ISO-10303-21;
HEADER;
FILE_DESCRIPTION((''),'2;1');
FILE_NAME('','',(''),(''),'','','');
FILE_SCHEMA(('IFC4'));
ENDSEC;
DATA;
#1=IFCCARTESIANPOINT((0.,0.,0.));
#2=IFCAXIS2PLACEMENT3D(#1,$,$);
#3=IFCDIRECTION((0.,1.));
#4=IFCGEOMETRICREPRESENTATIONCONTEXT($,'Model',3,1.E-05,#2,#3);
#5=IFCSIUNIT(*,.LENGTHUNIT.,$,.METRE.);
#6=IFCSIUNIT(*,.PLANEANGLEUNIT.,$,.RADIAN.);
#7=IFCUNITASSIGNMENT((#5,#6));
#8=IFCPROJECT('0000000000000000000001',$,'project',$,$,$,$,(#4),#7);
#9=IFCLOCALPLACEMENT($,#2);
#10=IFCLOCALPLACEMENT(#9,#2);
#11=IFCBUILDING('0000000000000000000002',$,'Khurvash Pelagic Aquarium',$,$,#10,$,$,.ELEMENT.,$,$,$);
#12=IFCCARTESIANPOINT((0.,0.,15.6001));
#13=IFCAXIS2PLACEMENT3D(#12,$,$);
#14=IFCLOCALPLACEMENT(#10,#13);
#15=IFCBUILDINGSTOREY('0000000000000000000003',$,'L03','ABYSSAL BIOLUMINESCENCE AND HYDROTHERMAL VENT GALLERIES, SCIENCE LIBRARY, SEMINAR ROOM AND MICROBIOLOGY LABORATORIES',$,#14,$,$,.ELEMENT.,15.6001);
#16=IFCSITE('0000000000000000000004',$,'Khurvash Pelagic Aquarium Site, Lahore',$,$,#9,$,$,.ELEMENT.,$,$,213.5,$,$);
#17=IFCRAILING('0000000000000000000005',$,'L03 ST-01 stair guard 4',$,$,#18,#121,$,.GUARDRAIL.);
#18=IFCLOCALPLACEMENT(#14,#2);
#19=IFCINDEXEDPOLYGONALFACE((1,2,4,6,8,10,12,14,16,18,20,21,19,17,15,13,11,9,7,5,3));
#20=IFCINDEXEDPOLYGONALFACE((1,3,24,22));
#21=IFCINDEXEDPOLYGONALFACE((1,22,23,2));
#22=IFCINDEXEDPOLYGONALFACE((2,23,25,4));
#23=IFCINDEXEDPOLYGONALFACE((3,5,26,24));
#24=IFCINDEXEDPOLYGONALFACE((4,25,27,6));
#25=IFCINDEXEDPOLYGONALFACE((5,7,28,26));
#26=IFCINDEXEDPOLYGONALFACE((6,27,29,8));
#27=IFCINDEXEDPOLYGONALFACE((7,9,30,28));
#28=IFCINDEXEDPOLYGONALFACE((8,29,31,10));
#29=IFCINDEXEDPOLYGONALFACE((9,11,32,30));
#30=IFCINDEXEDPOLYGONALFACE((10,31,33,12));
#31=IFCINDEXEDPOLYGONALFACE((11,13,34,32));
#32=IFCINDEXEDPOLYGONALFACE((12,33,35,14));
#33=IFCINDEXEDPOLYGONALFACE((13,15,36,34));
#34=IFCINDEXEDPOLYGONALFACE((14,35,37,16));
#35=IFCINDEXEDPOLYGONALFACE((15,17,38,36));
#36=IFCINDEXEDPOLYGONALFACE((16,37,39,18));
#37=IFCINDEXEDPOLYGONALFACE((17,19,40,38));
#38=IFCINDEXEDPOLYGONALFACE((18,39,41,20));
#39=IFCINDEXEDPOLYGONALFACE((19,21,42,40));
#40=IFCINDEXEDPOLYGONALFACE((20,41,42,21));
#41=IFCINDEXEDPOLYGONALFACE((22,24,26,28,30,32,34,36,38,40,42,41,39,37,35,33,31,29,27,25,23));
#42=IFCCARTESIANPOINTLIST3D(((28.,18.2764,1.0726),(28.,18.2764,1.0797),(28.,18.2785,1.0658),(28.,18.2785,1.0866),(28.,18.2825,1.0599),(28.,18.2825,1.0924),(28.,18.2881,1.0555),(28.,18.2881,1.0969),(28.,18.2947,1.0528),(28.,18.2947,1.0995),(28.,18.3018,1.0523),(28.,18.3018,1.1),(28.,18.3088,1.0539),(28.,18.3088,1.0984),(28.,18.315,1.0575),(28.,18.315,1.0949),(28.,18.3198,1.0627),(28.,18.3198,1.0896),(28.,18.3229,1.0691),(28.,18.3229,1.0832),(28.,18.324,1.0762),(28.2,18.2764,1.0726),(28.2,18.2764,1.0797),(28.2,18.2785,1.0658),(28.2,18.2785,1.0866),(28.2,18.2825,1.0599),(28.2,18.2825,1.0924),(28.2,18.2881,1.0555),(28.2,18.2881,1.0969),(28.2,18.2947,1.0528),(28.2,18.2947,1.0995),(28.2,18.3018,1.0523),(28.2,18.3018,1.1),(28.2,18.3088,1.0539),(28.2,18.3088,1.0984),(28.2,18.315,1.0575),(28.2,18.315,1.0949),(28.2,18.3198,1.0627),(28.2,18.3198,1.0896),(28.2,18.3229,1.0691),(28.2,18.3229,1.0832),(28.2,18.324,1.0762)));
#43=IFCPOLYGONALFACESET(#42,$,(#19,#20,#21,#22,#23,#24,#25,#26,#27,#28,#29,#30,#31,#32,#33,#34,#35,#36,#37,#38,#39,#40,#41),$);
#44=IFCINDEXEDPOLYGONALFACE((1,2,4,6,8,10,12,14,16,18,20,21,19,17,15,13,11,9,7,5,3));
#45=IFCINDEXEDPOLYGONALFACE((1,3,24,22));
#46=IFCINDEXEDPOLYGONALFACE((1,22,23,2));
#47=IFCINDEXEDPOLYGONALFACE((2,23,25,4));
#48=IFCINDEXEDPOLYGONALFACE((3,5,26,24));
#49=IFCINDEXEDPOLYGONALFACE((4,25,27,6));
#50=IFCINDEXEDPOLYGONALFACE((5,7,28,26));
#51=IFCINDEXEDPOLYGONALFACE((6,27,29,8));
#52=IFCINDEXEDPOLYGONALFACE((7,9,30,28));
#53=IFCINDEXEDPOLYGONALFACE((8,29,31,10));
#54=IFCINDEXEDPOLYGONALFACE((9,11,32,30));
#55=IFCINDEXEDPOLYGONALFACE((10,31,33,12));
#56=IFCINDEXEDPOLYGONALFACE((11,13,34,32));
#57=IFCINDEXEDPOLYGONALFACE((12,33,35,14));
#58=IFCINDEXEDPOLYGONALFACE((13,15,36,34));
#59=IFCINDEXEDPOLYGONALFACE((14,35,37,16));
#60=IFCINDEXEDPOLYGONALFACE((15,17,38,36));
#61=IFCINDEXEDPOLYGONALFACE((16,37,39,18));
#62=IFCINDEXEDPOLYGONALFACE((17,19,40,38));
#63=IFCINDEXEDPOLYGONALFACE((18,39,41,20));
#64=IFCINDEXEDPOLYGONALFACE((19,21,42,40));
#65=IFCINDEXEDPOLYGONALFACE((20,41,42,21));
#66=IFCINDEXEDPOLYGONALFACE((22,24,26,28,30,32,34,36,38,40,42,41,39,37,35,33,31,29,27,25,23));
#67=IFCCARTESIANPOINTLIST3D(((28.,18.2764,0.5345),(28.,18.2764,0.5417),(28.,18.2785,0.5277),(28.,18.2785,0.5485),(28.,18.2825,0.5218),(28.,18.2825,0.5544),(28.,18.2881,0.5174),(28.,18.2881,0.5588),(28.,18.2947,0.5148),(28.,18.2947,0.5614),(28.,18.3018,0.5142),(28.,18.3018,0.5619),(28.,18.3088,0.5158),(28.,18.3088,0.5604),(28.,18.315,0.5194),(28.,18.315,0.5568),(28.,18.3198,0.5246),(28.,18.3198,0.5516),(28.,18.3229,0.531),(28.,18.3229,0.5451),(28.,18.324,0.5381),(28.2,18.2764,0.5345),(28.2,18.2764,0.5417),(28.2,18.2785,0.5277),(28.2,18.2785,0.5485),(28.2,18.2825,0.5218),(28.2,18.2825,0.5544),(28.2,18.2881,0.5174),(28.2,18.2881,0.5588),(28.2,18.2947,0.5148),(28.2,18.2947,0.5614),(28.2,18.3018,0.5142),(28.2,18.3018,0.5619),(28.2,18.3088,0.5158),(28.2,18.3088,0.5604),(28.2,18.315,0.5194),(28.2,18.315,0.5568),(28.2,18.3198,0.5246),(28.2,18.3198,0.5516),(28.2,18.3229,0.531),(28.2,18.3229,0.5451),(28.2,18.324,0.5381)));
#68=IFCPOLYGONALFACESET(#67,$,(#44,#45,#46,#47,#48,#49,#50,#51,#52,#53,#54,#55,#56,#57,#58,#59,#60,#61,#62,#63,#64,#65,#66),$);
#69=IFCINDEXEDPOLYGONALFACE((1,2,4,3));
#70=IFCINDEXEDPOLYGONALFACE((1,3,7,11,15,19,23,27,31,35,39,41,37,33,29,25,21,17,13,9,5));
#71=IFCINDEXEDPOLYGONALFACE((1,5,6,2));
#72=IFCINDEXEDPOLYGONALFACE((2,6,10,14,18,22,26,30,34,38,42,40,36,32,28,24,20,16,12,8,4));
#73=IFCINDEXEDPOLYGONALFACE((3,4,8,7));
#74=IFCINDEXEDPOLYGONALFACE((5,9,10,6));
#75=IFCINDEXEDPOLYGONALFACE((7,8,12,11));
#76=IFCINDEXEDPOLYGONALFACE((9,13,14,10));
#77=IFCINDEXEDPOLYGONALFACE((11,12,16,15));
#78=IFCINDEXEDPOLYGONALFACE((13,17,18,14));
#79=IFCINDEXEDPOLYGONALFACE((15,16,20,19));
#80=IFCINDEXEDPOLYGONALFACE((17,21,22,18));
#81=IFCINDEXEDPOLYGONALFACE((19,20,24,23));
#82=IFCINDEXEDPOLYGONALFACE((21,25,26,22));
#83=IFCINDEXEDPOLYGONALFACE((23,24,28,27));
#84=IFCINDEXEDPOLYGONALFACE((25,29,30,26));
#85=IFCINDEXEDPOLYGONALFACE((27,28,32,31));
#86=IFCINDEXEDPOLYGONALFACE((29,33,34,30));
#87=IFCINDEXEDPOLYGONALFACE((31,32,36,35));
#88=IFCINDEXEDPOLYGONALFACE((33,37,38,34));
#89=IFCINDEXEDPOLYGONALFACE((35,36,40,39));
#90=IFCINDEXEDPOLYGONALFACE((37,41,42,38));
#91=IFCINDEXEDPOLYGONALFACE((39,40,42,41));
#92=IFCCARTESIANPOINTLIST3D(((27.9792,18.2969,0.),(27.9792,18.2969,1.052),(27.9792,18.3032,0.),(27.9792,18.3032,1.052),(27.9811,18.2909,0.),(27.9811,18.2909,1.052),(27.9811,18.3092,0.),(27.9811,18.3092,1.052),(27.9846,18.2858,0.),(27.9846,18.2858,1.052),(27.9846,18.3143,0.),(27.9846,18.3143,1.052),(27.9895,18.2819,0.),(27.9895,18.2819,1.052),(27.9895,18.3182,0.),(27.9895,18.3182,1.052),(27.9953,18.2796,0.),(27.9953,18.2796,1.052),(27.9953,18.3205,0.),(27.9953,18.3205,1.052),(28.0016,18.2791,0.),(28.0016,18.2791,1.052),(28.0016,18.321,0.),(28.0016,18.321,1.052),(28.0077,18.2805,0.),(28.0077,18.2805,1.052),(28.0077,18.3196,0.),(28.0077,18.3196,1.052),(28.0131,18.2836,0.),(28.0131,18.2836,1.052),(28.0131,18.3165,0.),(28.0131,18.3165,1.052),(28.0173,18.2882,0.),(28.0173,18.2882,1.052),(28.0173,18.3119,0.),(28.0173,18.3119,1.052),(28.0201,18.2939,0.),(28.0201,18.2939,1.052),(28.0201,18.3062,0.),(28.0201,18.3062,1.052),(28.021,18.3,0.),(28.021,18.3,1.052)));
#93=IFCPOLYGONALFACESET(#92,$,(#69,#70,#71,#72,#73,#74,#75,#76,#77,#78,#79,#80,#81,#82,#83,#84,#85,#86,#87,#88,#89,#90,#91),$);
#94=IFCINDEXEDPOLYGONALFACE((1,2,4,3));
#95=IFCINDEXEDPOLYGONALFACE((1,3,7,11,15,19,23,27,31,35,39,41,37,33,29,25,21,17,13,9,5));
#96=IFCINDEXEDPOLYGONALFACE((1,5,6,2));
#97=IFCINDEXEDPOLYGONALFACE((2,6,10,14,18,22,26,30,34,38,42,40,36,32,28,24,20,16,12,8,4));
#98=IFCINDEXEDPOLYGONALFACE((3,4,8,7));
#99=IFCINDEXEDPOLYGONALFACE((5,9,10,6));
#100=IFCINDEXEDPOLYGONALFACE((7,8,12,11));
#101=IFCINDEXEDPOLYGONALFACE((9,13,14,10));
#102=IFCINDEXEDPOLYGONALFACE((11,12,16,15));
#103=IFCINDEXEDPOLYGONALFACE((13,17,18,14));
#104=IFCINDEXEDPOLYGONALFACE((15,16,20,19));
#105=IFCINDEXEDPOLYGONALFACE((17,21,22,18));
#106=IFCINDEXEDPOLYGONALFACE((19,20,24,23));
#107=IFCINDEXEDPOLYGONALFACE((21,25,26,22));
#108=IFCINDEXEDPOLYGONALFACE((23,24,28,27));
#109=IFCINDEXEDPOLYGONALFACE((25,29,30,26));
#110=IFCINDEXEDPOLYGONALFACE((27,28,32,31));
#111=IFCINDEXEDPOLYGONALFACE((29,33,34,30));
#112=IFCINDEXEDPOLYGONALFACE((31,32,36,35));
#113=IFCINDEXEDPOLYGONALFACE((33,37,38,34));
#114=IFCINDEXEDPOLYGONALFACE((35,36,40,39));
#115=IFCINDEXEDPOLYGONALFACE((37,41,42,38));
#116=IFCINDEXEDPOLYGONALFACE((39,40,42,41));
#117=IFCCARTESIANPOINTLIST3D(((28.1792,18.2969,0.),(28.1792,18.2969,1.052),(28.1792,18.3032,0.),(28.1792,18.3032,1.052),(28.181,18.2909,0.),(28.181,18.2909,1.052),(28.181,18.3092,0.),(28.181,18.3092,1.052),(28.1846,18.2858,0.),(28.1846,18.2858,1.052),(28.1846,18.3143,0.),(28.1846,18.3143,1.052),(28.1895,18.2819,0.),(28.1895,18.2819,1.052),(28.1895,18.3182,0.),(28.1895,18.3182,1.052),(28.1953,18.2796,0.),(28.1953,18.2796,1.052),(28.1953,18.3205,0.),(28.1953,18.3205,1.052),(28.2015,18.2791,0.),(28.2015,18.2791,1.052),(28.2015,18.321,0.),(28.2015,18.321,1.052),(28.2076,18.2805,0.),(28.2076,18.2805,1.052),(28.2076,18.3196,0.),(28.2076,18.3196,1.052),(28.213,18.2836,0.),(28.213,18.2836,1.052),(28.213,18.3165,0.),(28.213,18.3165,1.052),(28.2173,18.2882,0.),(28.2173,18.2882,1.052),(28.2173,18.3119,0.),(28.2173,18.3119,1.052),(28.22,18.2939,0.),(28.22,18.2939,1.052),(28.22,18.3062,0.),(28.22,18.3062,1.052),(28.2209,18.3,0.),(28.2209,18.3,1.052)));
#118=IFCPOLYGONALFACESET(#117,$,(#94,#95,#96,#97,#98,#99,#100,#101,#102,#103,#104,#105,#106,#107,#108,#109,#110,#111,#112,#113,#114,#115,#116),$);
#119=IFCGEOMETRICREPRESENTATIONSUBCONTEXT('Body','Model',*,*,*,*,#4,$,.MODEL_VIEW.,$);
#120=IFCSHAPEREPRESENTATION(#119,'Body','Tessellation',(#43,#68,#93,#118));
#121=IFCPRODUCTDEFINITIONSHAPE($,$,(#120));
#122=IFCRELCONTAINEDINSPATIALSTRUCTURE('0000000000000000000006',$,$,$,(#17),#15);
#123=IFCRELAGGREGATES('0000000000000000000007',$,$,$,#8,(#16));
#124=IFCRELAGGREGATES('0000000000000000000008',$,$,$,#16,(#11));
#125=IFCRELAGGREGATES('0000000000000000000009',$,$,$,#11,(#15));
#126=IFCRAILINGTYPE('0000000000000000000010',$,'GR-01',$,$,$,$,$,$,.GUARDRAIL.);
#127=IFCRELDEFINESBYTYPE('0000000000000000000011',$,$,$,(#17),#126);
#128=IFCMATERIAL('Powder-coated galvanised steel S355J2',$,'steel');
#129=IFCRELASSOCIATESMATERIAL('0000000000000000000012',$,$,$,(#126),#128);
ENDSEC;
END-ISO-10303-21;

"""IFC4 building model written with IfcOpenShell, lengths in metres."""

from ifc_helpers import new_model, si_unit, direction, frame, origin, origin_2d, place, context, subcontext, project, spatial, circle, extrude, material, type_object, element, save


model = new_model("IFC4")

# Units and contexts
model_context = context("Model", 3, precision=1e-05, world=origin(), true_north=direction((0.0, 1.0)))
body_context = subcontext(model_context, "Body", "Model", "MODEL_VIEW")
ifc_project = project(units=[si_unit("LENGTHUNIT", "METRE"), si_unit("PLANEANGLEUNIT", "RADIAN")], contexts=[model_context])

# Site, building, storey
site_placement = place(None, origin())
site = spatial("IfcSite", under=ifc_project, at=site_placement, Name="Khurvash Pelagic Aquarium Site, Lahore", CompositionType="ELEMENT", RefElevation=213.5)
building_placement = place(site_placement, origin())
building = spatial("IfcBuilding", under=site, at=building_placement, Name="Khurvash Pelagic Aquarium", CompositionType="ELEMENT")
storey_placement = place(building_placement, frame((0.0, 0.0, 15.6001)))
storey = spatial("IfcBuildingStorey", under=building, at=storey_placement, Name="L03", Description="ABYSSAL BIOLUMINESCENCE AND HYDROTHERMAL VENT GALLERIES, SCIENCE LIBRARY, SEMINAR ROOM AND MICROBIOLOGY LABORATORIES", CompositionType="ELEMENT", Elevation=15.6001)

# Railing
ifc_material_1 = material(Name="Powder-coated galvanised steel S355J2", Category="steel")
railing_type_1 = type_object("IfcRailingType", Name="GR-01", PredefinedType="GUARDRAIL", material=ifc_material_1)
railing_1_placement = place(storey_placement, frame((28.0, 18.3, 0.0)))
element("IfcRailing", 1, at=railing_1_placement, inside=storey, type_object=railing_type_1, Name="L03 ST-01 stair guard 4", PredefinedType="GUARDRAIL", context=body_context, shape_type="SweptSolid", body=[
    extrude(circle(Radius=0.0239, at=origin_2d()), frame((0.0, 0.0, 1.0762), z_axis=(1.0, 0.0, 0.0), x_axis=(0.0, 1.0, 0.0)), (0.0, 0.0, 1.0), 0.2),
    extrude(circle(Radius=0.0239, at=origin_2d()), frame((0.0, 0.0, 0.5381), z_axis=(1.0, 0.0, 0.0), x_axis=(0.0, 1.0, 0.0)), (0.0, 0.0, 1.0), 0.2),
    extrude(circle(Radius=0.021, at=origin_2d()), origin(), (0.0, 0.0, 1.0), 1.052),
    extrude(circle(Radius=0.021, at=origin_2d()), frame((0.2, 0.0, 0.0)), (0.0, 0.0, 1.0), 1.052),
])

save(model, "model.ifc")
